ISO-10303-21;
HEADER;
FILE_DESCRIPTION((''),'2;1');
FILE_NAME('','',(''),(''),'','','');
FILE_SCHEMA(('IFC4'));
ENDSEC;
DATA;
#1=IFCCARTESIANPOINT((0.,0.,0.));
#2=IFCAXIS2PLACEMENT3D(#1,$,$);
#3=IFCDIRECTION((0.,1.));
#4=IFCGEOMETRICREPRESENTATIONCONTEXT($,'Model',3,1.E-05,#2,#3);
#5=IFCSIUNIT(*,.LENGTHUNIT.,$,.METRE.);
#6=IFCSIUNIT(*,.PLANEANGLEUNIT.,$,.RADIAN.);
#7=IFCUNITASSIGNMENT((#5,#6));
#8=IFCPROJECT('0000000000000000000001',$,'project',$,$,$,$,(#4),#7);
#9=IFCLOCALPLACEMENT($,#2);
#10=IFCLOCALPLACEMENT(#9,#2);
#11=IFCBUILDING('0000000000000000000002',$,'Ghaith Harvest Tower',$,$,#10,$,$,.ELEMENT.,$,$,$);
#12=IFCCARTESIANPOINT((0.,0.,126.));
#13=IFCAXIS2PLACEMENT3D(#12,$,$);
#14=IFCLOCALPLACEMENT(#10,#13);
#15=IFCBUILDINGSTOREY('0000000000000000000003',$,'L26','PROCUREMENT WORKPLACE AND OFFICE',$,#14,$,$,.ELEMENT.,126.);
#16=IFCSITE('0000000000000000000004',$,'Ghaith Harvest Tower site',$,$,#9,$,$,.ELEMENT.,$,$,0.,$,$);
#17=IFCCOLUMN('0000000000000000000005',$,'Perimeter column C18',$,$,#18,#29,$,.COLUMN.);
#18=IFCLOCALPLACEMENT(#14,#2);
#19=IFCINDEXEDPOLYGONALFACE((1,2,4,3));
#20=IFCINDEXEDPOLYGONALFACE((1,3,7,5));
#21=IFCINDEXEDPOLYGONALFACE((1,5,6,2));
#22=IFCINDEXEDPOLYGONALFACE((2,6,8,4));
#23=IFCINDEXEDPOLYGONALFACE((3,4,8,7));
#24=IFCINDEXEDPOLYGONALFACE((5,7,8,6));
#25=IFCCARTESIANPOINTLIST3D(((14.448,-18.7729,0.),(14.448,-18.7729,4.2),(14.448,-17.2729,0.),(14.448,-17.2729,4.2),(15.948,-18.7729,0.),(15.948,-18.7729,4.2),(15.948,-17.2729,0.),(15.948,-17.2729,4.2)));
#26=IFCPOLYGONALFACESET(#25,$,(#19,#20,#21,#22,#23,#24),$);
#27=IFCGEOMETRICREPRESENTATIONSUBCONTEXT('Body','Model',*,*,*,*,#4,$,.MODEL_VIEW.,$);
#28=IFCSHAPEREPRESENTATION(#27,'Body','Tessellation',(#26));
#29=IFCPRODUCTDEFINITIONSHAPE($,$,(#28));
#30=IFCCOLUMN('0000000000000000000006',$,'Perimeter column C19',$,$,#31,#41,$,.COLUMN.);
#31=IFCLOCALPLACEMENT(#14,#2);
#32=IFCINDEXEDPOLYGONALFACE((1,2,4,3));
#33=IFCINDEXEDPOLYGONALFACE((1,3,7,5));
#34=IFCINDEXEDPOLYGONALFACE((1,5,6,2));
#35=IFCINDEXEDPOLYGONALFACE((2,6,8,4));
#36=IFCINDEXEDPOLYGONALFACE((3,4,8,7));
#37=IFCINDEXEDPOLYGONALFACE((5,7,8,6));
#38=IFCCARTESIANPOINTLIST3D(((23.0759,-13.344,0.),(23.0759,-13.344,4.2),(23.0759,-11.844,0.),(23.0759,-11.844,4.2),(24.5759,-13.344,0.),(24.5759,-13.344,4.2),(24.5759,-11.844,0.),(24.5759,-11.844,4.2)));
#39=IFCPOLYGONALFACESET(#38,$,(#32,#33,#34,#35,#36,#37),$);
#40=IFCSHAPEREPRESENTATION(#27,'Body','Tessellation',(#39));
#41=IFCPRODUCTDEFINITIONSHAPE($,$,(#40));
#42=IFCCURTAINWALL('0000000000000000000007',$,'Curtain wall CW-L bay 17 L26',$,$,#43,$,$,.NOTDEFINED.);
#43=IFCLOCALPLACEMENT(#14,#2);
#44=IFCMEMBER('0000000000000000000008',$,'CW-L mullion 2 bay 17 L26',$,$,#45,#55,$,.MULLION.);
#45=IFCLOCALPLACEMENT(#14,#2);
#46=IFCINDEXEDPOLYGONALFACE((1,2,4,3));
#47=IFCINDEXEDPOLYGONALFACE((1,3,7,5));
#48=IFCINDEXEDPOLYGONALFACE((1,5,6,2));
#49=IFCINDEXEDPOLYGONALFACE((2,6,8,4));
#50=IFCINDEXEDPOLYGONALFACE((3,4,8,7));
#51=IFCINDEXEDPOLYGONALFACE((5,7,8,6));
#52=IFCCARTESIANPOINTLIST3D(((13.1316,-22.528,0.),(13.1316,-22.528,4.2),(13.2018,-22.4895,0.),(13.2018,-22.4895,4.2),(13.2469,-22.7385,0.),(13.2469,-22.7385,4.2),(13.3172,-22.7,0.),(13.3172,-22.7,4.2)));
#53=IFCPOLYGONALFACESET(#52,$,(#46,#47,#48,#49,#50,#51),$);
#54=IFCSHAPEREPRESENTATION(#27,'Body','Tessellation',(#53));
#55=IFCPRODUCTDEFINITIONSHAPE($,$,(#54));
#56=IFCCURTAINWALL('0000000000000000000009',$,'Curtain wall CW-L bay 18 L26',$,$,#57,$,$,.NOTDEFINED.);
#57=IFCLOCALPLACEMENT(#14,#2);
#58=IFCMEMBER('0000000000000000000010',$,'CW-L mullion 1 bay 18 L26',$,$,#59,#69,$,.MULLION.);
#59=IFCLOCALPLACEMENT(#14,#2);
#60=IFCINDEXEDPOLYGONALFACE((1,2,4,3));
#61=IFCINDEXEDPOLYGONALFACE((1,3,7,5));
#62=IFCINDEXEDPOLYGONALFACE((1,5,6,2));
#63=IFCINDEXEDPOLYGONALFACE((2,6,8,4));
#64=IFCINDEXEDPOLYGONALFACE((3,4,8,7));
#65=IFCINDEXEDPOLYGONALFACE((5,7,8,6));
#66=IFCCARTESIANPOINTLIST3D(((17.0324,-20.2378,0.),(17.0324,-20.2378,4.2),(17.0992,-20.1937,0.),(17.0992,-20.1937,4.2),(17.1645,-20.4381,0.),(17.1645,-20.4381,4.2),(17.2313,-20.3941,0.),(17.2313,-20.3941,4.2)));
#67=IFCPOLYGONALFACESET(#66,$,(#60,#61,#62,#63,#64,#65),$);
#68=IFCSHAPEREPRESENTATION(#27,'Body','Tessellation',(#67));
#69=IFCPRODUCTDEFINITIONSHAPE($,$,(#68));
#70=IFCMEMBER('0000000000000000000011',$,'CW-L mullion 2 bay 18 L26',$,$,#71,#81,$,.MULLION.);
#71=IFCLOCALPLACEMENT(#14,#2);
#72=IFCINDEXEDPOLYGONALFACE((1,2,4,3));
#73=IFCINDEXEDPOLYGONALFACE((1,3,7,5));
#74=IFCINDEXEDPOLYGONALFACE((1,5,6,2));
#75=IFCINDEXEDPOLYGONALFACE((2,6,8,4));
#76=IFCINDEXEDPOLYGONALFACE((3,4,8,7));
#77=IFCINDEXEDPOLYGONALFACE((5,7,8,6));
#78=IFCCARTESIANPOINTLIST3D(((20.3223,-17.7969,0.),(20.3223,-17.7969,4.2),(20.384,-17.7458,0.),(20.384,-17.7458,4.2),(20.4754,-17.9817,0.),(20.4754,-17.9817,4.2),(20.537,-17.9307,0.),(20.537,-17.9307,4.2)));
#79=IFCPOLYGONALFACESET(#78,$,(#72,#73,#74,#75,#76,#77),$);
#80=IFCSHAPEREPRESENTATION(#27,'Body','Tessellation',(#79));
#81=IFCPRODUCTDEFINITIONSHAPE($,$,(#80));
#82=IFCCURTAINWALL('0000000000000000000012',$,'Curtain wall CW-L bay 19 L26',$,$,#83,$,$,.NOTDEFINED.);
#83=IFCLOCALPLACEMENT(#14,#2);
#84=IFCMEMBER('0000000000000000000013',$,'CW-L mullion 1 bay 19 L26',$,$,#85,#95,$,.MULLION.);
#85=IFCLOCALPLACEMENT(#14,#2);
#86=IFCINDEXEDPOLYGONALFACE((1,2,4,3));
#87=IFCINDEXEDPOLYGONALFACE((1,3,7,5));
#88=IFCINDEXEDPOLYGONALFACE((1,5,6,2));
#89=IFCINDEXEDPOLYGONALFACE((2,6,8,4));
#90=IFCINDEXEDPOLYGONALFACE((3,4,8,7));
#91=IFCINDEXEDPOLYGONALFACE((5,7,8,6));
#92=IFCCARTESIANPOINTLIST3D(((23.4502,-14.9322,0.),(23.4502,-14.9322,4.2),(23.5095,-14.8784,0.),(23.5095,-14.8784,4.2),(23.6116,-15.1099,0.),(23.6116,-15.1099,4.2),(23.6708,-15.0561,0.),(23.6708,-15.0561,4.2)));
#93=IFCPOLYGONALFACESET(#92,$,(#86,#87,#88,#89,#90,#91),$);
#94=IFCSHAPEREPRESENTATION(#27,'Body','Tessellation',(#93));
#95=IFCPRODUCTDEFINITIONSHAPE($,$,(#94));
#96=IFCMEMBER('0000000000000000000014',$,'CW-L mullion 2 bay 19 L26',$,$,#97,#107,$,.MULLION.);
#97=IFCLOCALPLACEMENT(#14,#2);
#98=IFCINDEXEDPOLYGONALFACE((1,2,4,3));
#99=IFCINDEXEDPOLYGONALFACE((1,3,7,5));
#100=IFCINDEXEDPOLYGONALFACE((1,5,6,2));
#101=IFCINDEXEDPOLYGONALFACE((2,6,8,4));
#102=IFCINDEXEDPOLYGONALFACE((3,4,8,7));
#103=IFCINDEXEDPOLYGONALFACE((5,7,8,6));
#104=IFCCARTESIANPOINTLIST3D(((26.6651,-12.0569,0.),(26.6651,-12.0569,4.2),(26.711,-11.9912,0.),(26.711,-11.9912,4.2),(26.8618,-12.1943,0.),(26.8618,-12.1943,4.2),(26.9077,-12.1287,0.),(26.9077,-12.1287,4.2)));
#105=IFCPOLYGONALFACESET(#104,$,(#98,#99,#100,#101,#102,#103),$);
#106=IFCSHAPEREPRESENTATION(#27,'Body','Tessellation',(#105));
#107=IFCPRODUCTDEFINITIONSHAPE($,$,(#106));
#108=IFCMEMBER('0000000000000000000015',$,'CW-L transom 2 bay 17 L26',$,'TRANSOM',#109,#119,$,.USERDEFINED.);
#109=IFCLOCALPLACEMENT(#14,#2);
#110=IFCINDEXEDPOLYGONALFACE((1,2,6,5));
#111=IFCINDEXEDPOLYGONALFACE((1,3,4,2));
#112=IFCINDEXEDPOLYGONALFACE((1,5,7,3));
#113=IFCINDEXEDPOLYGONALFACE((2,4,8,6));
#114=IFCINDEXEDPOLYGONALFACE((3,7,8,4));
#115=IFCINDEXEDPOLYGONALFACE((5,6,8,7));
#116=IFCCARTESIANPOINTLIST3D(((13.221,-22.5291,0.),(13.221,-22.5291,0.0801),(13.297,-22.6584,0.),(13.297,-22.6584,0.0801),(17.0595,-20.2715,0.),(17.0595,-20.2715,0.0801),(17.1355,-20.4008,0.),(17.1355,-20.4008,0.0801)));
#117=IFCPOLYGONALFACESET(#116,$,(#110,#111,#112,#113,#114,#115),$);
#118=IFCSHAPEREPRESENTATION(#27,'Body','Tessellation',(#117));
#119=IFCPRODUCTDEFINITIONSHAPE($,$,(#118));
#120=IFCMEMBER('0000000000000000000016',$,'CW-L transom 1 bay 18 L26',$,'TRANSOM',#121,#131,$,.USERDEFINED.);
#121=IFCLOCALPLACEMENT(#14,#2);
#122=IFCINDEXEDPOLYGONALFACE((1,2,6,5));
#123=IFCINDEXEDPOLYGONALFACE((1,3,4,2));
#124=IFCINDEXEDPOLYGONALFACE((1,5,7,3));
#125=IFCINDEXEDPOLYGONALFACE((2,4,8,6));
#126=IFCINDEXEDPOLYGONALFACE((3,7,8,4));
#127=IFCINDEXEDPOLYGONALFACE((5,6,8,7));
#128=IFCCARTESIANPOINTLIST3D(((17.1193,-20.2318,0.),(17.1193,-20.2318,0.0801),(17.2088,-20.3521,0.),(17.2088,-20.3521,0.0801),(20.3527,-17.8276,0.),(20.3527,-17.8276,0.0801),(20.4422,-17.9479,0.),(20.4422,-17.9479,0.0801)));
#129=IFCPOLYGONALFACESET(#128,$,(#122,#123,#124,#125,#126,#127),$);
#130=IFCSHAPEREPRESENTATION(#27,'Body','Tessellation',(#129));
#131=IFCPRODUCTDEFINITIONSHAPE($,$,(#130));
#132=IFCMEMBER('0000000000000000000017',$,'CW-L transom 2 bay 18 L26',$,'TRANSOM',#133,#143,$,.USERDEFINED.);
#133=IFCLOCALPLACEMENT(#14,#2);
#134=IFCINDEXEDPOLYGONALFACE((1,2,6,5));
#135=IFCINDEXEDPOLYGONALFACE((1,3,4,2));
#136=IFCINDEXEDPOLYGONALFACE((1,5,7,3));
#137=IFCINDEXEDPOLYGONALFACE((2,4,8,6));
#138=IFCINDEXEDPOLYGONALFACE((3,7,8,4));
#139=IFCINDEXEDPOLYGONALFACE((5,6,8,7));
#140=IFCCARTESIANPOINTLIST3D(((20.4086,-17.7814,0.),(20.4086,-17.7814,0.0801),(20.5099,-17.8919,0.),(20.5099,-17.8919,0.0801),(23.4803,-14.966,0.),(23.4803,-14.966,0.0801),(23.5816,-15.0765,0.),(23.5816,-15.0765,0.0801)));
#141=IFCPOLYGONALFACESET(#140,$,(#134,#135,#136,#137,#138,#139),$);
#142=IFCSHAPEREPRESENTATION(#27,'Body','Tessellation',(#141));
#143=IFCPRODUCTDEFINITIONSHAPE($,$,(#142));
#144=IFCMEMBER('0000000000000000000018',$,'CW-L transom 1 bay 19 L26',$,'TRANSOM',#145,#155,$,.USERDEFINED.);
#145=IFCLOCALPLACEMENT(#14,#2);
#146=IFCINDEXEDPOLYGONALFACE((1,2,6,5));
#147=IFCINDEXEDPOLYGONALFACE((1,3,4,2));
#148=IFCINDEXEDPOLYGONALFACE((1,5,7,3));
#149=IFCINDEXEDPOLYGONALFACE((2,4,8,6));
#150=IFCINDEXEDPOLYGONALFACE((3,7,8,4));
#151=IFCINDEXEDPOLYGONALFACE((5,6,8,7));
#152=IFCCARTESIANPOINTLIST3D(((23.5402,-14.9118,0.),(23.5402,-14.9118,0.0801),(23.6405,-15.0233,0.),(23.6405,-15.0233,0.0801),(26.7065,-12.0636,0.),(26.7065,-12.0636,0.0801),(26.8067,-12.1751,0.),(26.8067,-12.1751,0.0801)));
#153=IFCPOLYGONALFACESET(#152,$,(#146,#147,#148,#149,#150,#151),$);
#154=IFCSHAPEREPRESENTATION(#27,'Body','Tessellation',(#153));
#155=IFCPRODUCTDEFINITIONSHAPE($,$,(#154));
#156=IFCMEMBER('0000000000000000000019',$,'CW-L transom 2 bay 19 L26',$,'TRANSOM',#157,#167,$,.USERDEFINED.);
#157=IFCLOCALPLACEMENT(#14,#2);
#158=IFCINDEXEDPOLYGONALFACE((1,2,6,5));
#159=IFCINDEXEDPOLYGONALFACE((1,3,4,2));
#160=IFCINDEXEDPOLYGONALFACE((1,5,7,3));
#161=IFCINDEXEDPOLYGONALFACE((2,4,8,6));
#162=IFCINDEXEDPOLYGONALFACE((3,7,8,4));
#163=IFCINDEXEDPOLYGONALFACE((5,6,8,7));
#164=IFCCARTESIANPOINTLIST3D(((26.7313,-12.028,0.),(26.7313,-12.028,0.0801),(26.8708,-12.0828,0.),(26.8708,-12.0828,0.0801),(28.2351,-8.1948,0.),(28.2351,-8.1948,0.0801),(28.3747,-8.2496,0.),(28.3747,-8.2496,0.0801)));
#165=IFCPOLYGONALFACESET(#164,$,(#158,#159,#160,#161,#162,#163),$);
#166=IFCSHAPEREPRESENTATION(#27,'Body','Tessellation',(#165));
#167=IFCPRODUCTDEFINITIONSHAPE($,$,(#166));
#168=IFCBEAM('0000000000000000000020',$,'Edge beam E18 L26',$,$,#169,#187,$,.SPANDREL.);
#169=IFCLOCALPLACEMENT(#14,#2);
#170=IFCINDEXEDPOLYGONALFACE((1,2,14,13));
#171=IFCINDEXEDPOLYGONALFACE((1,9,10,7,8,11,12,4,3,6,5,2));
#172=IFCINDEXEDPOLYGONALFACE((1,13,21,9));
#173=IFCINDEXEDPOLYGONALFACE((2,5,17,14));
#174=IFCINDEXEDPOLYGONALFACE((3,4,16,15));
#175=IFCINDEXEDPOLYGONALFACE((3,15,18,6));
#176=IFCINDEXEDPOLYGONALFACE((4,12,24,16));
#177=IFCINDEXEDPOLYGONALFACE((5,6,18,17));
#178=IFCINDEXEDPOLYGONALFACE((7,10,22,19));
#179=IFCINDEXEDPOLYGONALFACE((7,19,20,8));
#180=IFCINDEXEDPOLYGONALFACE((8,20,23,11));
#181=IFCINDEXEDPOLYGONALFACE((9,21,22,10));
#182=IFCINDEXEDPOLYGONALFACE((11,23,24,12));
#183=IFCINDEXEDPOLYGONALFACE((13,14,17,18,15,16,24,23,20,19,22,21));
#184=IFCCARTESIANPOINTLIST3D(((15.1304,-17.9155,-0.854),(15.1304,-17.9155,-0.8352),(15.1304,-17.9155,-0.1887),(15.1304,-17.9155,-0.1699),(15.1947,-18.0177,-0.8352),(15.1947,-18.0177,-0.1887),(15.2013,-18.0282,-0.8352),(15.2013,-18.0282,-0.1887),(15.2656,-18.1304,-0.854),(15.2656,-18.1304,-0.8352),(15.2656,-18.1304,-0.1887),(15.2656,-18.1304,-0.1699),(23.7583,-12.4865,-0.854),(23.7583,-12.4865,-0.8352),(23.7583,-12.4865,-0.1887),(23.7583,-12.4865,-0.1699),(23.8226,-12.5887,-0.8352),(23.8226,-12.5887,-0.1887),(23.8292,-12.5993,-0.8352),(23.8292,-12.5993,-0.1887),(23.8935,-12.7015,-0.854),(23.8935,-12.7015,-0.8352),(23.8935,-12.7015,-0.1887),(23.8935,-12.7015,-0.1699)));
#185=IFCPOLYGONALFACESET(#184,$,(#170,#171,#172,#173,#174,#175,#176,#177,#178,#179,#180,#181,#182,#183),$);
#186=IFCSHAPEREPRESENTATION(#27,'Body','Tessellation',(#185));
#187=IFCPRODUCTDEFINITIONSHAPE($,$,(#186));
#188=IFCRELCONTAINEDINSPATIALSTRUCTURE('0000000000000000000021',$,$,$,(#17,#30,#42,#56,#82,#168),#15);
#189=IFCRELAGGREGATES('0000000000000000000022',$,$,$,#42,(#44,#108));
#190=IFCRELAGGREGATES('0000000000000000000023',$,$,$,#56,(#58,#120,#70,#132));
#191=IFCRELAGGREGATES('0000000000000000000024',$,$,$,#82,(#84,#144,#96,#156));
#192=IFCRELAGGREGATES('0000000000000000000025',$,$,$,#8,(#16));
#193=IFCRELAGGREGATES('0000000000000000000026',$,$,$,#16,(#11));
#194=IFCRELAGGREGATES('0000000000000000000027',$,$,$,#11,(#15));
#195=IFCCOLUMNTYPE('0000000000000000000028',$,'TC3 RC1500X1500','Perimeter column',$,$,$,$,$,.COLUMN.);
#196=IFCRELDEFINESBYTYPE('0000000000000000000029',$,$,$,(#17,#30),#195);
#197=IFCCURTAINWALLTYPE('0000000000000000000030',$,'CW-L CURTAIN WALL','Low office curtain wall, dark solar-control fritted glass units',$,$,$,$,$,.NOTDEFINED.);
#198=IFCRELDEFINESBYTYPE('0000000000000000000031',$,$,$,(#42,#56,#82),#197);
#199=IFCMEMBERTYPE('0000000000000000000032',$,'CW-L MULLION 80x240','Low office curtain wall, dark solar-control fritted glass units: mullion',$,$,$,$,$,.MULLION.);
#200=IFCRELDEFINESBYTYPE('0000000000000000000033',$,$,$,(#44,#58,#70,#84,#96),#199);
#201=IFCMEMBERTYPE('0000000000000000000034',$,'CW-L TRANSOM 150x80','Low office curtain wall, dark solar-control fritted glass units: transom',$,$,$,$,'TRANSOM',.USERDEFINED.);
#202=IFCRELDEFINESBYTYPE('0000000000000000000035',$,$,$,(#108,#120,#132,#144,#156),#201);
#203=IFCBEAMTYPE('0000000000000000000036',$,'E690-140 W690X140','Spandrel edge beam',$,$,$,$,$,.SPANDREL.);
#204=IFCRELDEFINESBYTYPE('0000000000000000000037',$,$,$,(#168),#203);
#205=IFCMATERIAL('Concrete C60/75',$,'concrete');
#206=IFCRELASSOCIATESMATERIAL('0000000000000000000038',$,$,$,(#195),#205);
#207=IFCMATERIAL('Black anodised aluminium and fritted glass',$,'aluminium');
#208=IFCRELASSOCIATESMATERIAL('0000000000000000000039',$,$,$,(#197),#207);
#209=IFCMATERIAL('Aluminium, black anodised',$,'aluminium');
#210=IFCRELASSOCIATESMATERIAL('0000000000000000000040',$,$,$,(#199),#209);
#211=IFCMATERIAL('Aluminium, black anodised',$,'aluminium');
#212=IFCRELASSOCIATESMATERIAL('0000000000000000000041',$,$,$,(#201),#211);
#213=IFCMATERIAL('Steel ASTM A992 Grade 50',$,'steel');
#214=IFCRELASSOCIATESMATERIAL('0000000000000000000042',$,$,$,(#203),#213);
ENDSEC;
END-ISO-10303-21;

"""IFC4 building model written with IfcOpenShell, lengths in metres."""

from ifc_helpers import new_model, si_unit, direction, frame, origin, origin_2d, place, context, subcontext, project, spatial, rectangle, i_section, extrude, material, material_profile, profile_set, type_object, element, aggregate, save


model = new_model("IFC4")

# Units and contexts
model_context = context("Model", 3, precision=1e-05, world=origin(), true_north=direction((0.0, 1.0)))
body_context = subcontext(model_context, "Body", "Model", "MODEL_VIEW")
ifc_project = project(units=[si_unit("LENGTHUNIT", "METRE"), si_unit("PLANEANGLEUNIT", "RADIAN")], contexts=[model_context])

# Site, building, storey
site_placement = place(None, origin())
site = spatial("IfcSite", under=ifc_project, at=site_placement, Name="Ghaith Harvest Tower site", CompositionType="ELEMENT", RefElevation=0.0)
building_placement = place(site_placement, origin())
building = spatial("IfcBuilding", under=site, at=building_placement, Name="Ghaith Harvest Tower", CompositionType="ELEMENT")
storey_placement = place(building_placement, frame((0.0, 0.0, 126.0)))
storey = spatial("IfcBuildingStorey", under=building, at=storey_placement, Name="L26", Description="PROCUREMENT WORKPLACE AND OFFICE", CompositionType="ELEMENT", Elevation=126.0)

# Columns
ifc_material_1 = material(Name="Concrete C60/75", Category="concrete")
ifc_material_profile_1 = material_profile(ifc_material_1, rectangle(XDim=1.5, YDim=1.5, at=origin_2d()), Name="RC1500X1500")
ifc_profile_set_1 = profile_set([ifc_material_profile_1], Name="Concrete C60/75")
column_type = type_object("IfcColumnType", Name="TC3 RC1500X1500", Description="Perimeter column", PredefinedType="COLUMN", material=ifc_profile_set_1)
for number, where, z_axis, x_axis, name in (
    (1, (15.198, -18.0229, 0.0), (0.0, 0.0, 1.0), (1.0, 0.0, 0.0), "Perimeter column C18"),
    (2, (23.8259, -12.594, 0.0), (0.0, 0.0, 1.0), (1.0, 0.0, 0.0), "Perimeter column C19"),
):
    element("IfcColumn", number, at=place(storey_placement, frame(where, z_axis=z_axis, x_axis=x_axis)), inside=storey, type_object=column_type, Name=name, PredefinedType="COLUMN", context=body_context, shape_type="SweptSolid", body=[
        extrude(rectangle(XDim=1.5, YDim=1.5, at=origin_2d()), origin(), (0.0, 0.0, 1.0), 4.2),
    ])

# Curtain wall, member
ifc_material_2 = material(Name="Black anodised aluminium and fritted glass", Category="aluminium")
curtain_wall_type = type_object("IfcCurtainWallType", Name="CW-L CURTAIN WALL", Description="Low office curtain wall, dark solar-control fritted glass units", PredefinedType="NOTDEFINED", material=ifc_material_2)
curtain_wall_1_placement = place(storey_placement, origin())
curtain_wall_1 = element("IfcCurtainWall", 3, at=curtain_wall_1_placement, inside=storey, type_object=curtain_wall_type, Name="Curtain wall CW-L bay 17 L26", PredefinedType="NOTDEFINED")
ifc_material_3 = material(Name="Aluminium, black anodised", Category="aluminium")
ifc_material_profile_2 = material_profile(ifc_material_3, rectangle(XDim=0.0801, YDim=0.24, at=origin_2d()), Name="CW-L MULLION 80x240")
ifc_profile_set_2 = profile_set([ifc_material_profile_2], Name="Aluminium, black anodised")
member_type_1 = type_object("IfcMemberType", Name="CW-L MULLION 80x240", Description="Low office curtain wall, dark solar-control fritted glass units: mullion", PredefinedType="MULLION", material=ifc_profile_set_2)
member_1_placement = place(storey_placement, frame((13.2244, -22.614, 0.0), z_axis=(0.0, 0.0, 1.0), x_axis=(0.876899, 0.480675, 0.0)))
member_1 = element("IfcMember", 4, at=member_1_placement, type_object=member_type_1, Name="CW-L mullion 2 bay 17 L26", PredefinedType="MULLION", context=body_context, shape_type="SweptSolid", body=[
    extrude(rectangle(XDim=0.0801, YDim=0.24, at=origin_2d()), origin(), (0.0, 0.0, 1.0), 4.2),
])

# Curtain walls, members
curtain_wall_2_placement = place(storey_placement, origin())
curtain_wall_2 = element("IfcCurtainWall", 5, at=curtain_wall_2_placement, inside=storey, type_object=curtain_wall_type, Name="Curtain wall CW-L bay 18 L26", PredefinedType="NOTDEFINED")
member_2_placement = place(storey_placement, frame((17.1318, -20.3159, 0.0), z_axis=(0.0, 0.0, 1.0), x_axis=(0.834887, 0.550421, 0.0)))
member_2 = element("IfcMember", 6, at=member_2_placement, type_object=member_type_1, Name="CW-L mullion 1 bay 18 L26", PredefinedType="MULLION", context=body_context, shape_type="SweptSolid", body=[
    extrude(rectangle(XDim=0.0801, YDim=0.24, at=origin_2d()), origin(), (0.0, 0.0, 1.0), 4.2),
])
member_3_placement = place(storey_placement, frame((20.4297, -17.8638, 0.0), z_axis=(0.0, 0.0, 1.0), x_axis=(0.770306, 0.637674, 0.0)))
member_3 = element("IfcMember", 7, at=member_3_placement, type_object=member_type_1, Name="CW-L mullion 2 bay 18 L26", PredefinedType="MULLION", context=body_context, shape_type="SweptSolid", body=[
    extrude(rectangle(XDim=0.0801, YDim=0.24, at=origin_2d()), origin(), (0.0, 0.0, 1.0), 4.2),
])
curtain_wall_3_placement = place(storey_placement, origin())
curtain_wall_3 = element("IfcCurtainWall", 8, at=curtain_wall_3_placement, inside=storey, type_object=curtain_wall_type, Name="Curtain wall CW-L bay 19 L26", PredefinedType="NOTDEFINED")
member_4_placement = place(storey_placement, frame((23.5605, -14.9941, 0.0), z_axis=(0.0, 0.0, 1.0), x_axis=(0.740389, 0.672179, 0.0)))
member_4 = element("IfcMember", 9, at=member_4_placement, type_object=member_type_1, Name="CW-L mullion 1 bay 19 L26", PredefinedType="MULLION", context=body_context, shape_type="SweptSolid", body=[
    extrude(rectangle(XDim=0.0801, YDim=0.24, at=origin_2d()), origin(), (0.0, 0.0, 1.0), 4.2),
])
member_5_placement = place(storey_placement, frame((26.7864, -12.0928, 0.0), z_axis=(0.0, 0.0, 1.0), x_axis=(0.572853, 0.819658, 0.0)))
member_5 = element("IfcMember", 10, at=member_5_placement, type_object=member_type_1, Name="CW-L mullion 2 bay 19 L26", PredefinedType="MULLION", context=body_context, shape_type="SweptSolid", body=[
    extrude(rectangle(XDim=0.0801, YDim=0.24, at=origin_2d()), origin(), (0.0, 0.0, 1.0), 4.2),
])

# Members
ifc_material_4 = material(Name="Aluminium, black anodised", Category="aluminium")
ifc_material_profile_3 = material_profile(ifc_material_4, rectangle(XDim=0.1499, YDim=0.0801, at=origin_2d()), Name="CW-L TRANSOM 150x80")
ifc_profile_set_3 = profile_set([ifc_material_profile_3], Name="Aluminium, black anodised")
member_type_2 = type_object("IfcMemberType", Name="CW-L TRANSOM 150x80", Description="Low office curtain wall, dark solar-control fritted glass units: transom", ElementType="TRANSOM", PredefinedType="USERDEFINED", material=ifc_profile_set_3)
member_6_placement = place(storey_placement, frame((13.259, -22.5938, 0.04), z_axis=(0.861964, 0.50697, 0.0), x_axis=(-0.50697, 0.861964, 0.0)))
member_6 = element("IfcMember", 11, at=member_6_placement, type_object=member_type_2, Name="CW-L transom 2 bay 17 L26", ObjectType="TRANSOM", PredefinedType="USERDEFINED", context=body_context, shape_type="SweptSolid", body=[
    extrude(rectangle(XDim=0.1499, YDim=0.0801, at=origin_2d()), origin(), (0.0, 0.0, 1.0), 4.4531),
])
member_7_placement = place(storey_placement, frame((17.1641, -20.292, 0.04), z_axis=(0.802465, 0.596699, 0.0), x_axis=(-0.596699, 0.802465, 0.0)))
member_7 = element("IfcMember", 12, at=member_7_placement, type_object=member_type_2, Name="CW-L transom 1 bay 18 L26", ObjectType="TRANSOM", PredefinedType="USERDEFINED", context=body_context, shape_type="SweptSolid", body=[
    extrude(rectangle(XDim=0.1499, YDim=0.0801, at=origin_2d()), origin(), (0.0, 0.0, 1.0), 4.0293),
])
member_8_placement = place(storey_placement, frame((20.4592, -17.8367, 0.04), z_axis=(0.737198, 0.675677, 0.0), x_axis=(-0.675677, 0.737198, 0.0)))
member_8 = element("IfcMember", 13, at=member_8_placement, type_object=member_type_2, Name="CW-L transom 2 bay 18 L26", ObjectType="TRANSOM", PredefinedType="USERDEFINED", context=body_context, shape_type="SweptSolid", body=[
    extrude(rectangle(XDim=0.1499, YDim=0.0801, at=origin_2d()), origin(), (0.0, 0.0, 1.0), 4.1667),
])
member_9_placement = place(storey_placement, frame((23.5903, -14.9675, 0.04), z_axis=(0.743468, 0.668772, 0.0), x_axis=(-0.668772, 0.743468, 0.0)))
member_9 = element("IfcMember", 14, at=member_9_placement, type_object=member_type_2, Name="CW-L transom 1 bay 19 L26", ObjectType="TRANSOM", PredefinedType="USERDEFINED", context=body_context, shape_type="SweptSolid", body=[
    extrude(rectangle(XDim=0.1499, YDim=0.0801, at=origin_2d()), origin(), (0.0, 0.0, 1.0), 4.2588),
])
member_10_placement = place(storey_placement, frame((26.801, -12.0554, 0.04), z_axis=(0.365229, 0.930918, 0.0), x_axis=(-0.930918, 0.365229, 0.0)))
member_10 = element("IfcMember", 15, at=member_10_placement, type_object=member_type_2, Name="CW-L transom 2 bay 19 L26", ObjectType="TRANSOM", PredefinedType="USERDEFINED", context=body_context, shape_type="SweptSolid", body=[
    extrude(rectangle(XDim=0.1499, YDim=0.0801, at=origin_2d()), origin(), (0.0, 0.0, 1.0), 4.1177),
])

# Beam
ifc_material_5 = material(Name="Steel ASTM A992 Grade 50", Category="steel")
ifc_material_profile_4 = material_profile(ifc_material_5, i_section(OverallWidth=0.2539, OverallDepth=0.6841, WebThickness=0.0125, FlangeThickness=0.0188, at=origin_2d()), Name="W690X140")
ifc_profile_set_4 = profile_set([ifc_material_profile_4], Name="Steel ASTM A992 Grade 50")
beam_type_1 = type_object("IfcBeamType", Name="E690-140 W690X140", Description="Spandrel edge beam", PredefinedType="SPANDREL", material=ifc_profile_set_4)
beam_1_placement = place(storey_placement, frame((15.198, -18.0229, -0.512), z_axis=(0.846385, 0.532571, 0.0), x_axis=(-0.532571, 0.846385, 0.0)))
element("IfcBeam", 16, at=beam_1_placement, inside=storey, type_object=beam_type_1, Name="Edge beam E18 L26", PredefinedType="SPANDREL", context=body_context, shape_type="SweptSolid", body=[
    extrude(i_section(OverallWidth=0.2539, OverallDepth=0.6841, WebThickness=0.0125, FlangeThickness=0.0188, at=origin_2d()), origin(), (0.0, 0.0, 1.0), 10.1938),
])

aggregate(curtain_wall_1, [member_1, member_6])
aggregate(curtain_wall_2, [member_2, member_7, member_3, member_8])
aggregate(curtain_wall_3, [member_4, member_9, member_5, member_10])

save(model, "model.ifc")
